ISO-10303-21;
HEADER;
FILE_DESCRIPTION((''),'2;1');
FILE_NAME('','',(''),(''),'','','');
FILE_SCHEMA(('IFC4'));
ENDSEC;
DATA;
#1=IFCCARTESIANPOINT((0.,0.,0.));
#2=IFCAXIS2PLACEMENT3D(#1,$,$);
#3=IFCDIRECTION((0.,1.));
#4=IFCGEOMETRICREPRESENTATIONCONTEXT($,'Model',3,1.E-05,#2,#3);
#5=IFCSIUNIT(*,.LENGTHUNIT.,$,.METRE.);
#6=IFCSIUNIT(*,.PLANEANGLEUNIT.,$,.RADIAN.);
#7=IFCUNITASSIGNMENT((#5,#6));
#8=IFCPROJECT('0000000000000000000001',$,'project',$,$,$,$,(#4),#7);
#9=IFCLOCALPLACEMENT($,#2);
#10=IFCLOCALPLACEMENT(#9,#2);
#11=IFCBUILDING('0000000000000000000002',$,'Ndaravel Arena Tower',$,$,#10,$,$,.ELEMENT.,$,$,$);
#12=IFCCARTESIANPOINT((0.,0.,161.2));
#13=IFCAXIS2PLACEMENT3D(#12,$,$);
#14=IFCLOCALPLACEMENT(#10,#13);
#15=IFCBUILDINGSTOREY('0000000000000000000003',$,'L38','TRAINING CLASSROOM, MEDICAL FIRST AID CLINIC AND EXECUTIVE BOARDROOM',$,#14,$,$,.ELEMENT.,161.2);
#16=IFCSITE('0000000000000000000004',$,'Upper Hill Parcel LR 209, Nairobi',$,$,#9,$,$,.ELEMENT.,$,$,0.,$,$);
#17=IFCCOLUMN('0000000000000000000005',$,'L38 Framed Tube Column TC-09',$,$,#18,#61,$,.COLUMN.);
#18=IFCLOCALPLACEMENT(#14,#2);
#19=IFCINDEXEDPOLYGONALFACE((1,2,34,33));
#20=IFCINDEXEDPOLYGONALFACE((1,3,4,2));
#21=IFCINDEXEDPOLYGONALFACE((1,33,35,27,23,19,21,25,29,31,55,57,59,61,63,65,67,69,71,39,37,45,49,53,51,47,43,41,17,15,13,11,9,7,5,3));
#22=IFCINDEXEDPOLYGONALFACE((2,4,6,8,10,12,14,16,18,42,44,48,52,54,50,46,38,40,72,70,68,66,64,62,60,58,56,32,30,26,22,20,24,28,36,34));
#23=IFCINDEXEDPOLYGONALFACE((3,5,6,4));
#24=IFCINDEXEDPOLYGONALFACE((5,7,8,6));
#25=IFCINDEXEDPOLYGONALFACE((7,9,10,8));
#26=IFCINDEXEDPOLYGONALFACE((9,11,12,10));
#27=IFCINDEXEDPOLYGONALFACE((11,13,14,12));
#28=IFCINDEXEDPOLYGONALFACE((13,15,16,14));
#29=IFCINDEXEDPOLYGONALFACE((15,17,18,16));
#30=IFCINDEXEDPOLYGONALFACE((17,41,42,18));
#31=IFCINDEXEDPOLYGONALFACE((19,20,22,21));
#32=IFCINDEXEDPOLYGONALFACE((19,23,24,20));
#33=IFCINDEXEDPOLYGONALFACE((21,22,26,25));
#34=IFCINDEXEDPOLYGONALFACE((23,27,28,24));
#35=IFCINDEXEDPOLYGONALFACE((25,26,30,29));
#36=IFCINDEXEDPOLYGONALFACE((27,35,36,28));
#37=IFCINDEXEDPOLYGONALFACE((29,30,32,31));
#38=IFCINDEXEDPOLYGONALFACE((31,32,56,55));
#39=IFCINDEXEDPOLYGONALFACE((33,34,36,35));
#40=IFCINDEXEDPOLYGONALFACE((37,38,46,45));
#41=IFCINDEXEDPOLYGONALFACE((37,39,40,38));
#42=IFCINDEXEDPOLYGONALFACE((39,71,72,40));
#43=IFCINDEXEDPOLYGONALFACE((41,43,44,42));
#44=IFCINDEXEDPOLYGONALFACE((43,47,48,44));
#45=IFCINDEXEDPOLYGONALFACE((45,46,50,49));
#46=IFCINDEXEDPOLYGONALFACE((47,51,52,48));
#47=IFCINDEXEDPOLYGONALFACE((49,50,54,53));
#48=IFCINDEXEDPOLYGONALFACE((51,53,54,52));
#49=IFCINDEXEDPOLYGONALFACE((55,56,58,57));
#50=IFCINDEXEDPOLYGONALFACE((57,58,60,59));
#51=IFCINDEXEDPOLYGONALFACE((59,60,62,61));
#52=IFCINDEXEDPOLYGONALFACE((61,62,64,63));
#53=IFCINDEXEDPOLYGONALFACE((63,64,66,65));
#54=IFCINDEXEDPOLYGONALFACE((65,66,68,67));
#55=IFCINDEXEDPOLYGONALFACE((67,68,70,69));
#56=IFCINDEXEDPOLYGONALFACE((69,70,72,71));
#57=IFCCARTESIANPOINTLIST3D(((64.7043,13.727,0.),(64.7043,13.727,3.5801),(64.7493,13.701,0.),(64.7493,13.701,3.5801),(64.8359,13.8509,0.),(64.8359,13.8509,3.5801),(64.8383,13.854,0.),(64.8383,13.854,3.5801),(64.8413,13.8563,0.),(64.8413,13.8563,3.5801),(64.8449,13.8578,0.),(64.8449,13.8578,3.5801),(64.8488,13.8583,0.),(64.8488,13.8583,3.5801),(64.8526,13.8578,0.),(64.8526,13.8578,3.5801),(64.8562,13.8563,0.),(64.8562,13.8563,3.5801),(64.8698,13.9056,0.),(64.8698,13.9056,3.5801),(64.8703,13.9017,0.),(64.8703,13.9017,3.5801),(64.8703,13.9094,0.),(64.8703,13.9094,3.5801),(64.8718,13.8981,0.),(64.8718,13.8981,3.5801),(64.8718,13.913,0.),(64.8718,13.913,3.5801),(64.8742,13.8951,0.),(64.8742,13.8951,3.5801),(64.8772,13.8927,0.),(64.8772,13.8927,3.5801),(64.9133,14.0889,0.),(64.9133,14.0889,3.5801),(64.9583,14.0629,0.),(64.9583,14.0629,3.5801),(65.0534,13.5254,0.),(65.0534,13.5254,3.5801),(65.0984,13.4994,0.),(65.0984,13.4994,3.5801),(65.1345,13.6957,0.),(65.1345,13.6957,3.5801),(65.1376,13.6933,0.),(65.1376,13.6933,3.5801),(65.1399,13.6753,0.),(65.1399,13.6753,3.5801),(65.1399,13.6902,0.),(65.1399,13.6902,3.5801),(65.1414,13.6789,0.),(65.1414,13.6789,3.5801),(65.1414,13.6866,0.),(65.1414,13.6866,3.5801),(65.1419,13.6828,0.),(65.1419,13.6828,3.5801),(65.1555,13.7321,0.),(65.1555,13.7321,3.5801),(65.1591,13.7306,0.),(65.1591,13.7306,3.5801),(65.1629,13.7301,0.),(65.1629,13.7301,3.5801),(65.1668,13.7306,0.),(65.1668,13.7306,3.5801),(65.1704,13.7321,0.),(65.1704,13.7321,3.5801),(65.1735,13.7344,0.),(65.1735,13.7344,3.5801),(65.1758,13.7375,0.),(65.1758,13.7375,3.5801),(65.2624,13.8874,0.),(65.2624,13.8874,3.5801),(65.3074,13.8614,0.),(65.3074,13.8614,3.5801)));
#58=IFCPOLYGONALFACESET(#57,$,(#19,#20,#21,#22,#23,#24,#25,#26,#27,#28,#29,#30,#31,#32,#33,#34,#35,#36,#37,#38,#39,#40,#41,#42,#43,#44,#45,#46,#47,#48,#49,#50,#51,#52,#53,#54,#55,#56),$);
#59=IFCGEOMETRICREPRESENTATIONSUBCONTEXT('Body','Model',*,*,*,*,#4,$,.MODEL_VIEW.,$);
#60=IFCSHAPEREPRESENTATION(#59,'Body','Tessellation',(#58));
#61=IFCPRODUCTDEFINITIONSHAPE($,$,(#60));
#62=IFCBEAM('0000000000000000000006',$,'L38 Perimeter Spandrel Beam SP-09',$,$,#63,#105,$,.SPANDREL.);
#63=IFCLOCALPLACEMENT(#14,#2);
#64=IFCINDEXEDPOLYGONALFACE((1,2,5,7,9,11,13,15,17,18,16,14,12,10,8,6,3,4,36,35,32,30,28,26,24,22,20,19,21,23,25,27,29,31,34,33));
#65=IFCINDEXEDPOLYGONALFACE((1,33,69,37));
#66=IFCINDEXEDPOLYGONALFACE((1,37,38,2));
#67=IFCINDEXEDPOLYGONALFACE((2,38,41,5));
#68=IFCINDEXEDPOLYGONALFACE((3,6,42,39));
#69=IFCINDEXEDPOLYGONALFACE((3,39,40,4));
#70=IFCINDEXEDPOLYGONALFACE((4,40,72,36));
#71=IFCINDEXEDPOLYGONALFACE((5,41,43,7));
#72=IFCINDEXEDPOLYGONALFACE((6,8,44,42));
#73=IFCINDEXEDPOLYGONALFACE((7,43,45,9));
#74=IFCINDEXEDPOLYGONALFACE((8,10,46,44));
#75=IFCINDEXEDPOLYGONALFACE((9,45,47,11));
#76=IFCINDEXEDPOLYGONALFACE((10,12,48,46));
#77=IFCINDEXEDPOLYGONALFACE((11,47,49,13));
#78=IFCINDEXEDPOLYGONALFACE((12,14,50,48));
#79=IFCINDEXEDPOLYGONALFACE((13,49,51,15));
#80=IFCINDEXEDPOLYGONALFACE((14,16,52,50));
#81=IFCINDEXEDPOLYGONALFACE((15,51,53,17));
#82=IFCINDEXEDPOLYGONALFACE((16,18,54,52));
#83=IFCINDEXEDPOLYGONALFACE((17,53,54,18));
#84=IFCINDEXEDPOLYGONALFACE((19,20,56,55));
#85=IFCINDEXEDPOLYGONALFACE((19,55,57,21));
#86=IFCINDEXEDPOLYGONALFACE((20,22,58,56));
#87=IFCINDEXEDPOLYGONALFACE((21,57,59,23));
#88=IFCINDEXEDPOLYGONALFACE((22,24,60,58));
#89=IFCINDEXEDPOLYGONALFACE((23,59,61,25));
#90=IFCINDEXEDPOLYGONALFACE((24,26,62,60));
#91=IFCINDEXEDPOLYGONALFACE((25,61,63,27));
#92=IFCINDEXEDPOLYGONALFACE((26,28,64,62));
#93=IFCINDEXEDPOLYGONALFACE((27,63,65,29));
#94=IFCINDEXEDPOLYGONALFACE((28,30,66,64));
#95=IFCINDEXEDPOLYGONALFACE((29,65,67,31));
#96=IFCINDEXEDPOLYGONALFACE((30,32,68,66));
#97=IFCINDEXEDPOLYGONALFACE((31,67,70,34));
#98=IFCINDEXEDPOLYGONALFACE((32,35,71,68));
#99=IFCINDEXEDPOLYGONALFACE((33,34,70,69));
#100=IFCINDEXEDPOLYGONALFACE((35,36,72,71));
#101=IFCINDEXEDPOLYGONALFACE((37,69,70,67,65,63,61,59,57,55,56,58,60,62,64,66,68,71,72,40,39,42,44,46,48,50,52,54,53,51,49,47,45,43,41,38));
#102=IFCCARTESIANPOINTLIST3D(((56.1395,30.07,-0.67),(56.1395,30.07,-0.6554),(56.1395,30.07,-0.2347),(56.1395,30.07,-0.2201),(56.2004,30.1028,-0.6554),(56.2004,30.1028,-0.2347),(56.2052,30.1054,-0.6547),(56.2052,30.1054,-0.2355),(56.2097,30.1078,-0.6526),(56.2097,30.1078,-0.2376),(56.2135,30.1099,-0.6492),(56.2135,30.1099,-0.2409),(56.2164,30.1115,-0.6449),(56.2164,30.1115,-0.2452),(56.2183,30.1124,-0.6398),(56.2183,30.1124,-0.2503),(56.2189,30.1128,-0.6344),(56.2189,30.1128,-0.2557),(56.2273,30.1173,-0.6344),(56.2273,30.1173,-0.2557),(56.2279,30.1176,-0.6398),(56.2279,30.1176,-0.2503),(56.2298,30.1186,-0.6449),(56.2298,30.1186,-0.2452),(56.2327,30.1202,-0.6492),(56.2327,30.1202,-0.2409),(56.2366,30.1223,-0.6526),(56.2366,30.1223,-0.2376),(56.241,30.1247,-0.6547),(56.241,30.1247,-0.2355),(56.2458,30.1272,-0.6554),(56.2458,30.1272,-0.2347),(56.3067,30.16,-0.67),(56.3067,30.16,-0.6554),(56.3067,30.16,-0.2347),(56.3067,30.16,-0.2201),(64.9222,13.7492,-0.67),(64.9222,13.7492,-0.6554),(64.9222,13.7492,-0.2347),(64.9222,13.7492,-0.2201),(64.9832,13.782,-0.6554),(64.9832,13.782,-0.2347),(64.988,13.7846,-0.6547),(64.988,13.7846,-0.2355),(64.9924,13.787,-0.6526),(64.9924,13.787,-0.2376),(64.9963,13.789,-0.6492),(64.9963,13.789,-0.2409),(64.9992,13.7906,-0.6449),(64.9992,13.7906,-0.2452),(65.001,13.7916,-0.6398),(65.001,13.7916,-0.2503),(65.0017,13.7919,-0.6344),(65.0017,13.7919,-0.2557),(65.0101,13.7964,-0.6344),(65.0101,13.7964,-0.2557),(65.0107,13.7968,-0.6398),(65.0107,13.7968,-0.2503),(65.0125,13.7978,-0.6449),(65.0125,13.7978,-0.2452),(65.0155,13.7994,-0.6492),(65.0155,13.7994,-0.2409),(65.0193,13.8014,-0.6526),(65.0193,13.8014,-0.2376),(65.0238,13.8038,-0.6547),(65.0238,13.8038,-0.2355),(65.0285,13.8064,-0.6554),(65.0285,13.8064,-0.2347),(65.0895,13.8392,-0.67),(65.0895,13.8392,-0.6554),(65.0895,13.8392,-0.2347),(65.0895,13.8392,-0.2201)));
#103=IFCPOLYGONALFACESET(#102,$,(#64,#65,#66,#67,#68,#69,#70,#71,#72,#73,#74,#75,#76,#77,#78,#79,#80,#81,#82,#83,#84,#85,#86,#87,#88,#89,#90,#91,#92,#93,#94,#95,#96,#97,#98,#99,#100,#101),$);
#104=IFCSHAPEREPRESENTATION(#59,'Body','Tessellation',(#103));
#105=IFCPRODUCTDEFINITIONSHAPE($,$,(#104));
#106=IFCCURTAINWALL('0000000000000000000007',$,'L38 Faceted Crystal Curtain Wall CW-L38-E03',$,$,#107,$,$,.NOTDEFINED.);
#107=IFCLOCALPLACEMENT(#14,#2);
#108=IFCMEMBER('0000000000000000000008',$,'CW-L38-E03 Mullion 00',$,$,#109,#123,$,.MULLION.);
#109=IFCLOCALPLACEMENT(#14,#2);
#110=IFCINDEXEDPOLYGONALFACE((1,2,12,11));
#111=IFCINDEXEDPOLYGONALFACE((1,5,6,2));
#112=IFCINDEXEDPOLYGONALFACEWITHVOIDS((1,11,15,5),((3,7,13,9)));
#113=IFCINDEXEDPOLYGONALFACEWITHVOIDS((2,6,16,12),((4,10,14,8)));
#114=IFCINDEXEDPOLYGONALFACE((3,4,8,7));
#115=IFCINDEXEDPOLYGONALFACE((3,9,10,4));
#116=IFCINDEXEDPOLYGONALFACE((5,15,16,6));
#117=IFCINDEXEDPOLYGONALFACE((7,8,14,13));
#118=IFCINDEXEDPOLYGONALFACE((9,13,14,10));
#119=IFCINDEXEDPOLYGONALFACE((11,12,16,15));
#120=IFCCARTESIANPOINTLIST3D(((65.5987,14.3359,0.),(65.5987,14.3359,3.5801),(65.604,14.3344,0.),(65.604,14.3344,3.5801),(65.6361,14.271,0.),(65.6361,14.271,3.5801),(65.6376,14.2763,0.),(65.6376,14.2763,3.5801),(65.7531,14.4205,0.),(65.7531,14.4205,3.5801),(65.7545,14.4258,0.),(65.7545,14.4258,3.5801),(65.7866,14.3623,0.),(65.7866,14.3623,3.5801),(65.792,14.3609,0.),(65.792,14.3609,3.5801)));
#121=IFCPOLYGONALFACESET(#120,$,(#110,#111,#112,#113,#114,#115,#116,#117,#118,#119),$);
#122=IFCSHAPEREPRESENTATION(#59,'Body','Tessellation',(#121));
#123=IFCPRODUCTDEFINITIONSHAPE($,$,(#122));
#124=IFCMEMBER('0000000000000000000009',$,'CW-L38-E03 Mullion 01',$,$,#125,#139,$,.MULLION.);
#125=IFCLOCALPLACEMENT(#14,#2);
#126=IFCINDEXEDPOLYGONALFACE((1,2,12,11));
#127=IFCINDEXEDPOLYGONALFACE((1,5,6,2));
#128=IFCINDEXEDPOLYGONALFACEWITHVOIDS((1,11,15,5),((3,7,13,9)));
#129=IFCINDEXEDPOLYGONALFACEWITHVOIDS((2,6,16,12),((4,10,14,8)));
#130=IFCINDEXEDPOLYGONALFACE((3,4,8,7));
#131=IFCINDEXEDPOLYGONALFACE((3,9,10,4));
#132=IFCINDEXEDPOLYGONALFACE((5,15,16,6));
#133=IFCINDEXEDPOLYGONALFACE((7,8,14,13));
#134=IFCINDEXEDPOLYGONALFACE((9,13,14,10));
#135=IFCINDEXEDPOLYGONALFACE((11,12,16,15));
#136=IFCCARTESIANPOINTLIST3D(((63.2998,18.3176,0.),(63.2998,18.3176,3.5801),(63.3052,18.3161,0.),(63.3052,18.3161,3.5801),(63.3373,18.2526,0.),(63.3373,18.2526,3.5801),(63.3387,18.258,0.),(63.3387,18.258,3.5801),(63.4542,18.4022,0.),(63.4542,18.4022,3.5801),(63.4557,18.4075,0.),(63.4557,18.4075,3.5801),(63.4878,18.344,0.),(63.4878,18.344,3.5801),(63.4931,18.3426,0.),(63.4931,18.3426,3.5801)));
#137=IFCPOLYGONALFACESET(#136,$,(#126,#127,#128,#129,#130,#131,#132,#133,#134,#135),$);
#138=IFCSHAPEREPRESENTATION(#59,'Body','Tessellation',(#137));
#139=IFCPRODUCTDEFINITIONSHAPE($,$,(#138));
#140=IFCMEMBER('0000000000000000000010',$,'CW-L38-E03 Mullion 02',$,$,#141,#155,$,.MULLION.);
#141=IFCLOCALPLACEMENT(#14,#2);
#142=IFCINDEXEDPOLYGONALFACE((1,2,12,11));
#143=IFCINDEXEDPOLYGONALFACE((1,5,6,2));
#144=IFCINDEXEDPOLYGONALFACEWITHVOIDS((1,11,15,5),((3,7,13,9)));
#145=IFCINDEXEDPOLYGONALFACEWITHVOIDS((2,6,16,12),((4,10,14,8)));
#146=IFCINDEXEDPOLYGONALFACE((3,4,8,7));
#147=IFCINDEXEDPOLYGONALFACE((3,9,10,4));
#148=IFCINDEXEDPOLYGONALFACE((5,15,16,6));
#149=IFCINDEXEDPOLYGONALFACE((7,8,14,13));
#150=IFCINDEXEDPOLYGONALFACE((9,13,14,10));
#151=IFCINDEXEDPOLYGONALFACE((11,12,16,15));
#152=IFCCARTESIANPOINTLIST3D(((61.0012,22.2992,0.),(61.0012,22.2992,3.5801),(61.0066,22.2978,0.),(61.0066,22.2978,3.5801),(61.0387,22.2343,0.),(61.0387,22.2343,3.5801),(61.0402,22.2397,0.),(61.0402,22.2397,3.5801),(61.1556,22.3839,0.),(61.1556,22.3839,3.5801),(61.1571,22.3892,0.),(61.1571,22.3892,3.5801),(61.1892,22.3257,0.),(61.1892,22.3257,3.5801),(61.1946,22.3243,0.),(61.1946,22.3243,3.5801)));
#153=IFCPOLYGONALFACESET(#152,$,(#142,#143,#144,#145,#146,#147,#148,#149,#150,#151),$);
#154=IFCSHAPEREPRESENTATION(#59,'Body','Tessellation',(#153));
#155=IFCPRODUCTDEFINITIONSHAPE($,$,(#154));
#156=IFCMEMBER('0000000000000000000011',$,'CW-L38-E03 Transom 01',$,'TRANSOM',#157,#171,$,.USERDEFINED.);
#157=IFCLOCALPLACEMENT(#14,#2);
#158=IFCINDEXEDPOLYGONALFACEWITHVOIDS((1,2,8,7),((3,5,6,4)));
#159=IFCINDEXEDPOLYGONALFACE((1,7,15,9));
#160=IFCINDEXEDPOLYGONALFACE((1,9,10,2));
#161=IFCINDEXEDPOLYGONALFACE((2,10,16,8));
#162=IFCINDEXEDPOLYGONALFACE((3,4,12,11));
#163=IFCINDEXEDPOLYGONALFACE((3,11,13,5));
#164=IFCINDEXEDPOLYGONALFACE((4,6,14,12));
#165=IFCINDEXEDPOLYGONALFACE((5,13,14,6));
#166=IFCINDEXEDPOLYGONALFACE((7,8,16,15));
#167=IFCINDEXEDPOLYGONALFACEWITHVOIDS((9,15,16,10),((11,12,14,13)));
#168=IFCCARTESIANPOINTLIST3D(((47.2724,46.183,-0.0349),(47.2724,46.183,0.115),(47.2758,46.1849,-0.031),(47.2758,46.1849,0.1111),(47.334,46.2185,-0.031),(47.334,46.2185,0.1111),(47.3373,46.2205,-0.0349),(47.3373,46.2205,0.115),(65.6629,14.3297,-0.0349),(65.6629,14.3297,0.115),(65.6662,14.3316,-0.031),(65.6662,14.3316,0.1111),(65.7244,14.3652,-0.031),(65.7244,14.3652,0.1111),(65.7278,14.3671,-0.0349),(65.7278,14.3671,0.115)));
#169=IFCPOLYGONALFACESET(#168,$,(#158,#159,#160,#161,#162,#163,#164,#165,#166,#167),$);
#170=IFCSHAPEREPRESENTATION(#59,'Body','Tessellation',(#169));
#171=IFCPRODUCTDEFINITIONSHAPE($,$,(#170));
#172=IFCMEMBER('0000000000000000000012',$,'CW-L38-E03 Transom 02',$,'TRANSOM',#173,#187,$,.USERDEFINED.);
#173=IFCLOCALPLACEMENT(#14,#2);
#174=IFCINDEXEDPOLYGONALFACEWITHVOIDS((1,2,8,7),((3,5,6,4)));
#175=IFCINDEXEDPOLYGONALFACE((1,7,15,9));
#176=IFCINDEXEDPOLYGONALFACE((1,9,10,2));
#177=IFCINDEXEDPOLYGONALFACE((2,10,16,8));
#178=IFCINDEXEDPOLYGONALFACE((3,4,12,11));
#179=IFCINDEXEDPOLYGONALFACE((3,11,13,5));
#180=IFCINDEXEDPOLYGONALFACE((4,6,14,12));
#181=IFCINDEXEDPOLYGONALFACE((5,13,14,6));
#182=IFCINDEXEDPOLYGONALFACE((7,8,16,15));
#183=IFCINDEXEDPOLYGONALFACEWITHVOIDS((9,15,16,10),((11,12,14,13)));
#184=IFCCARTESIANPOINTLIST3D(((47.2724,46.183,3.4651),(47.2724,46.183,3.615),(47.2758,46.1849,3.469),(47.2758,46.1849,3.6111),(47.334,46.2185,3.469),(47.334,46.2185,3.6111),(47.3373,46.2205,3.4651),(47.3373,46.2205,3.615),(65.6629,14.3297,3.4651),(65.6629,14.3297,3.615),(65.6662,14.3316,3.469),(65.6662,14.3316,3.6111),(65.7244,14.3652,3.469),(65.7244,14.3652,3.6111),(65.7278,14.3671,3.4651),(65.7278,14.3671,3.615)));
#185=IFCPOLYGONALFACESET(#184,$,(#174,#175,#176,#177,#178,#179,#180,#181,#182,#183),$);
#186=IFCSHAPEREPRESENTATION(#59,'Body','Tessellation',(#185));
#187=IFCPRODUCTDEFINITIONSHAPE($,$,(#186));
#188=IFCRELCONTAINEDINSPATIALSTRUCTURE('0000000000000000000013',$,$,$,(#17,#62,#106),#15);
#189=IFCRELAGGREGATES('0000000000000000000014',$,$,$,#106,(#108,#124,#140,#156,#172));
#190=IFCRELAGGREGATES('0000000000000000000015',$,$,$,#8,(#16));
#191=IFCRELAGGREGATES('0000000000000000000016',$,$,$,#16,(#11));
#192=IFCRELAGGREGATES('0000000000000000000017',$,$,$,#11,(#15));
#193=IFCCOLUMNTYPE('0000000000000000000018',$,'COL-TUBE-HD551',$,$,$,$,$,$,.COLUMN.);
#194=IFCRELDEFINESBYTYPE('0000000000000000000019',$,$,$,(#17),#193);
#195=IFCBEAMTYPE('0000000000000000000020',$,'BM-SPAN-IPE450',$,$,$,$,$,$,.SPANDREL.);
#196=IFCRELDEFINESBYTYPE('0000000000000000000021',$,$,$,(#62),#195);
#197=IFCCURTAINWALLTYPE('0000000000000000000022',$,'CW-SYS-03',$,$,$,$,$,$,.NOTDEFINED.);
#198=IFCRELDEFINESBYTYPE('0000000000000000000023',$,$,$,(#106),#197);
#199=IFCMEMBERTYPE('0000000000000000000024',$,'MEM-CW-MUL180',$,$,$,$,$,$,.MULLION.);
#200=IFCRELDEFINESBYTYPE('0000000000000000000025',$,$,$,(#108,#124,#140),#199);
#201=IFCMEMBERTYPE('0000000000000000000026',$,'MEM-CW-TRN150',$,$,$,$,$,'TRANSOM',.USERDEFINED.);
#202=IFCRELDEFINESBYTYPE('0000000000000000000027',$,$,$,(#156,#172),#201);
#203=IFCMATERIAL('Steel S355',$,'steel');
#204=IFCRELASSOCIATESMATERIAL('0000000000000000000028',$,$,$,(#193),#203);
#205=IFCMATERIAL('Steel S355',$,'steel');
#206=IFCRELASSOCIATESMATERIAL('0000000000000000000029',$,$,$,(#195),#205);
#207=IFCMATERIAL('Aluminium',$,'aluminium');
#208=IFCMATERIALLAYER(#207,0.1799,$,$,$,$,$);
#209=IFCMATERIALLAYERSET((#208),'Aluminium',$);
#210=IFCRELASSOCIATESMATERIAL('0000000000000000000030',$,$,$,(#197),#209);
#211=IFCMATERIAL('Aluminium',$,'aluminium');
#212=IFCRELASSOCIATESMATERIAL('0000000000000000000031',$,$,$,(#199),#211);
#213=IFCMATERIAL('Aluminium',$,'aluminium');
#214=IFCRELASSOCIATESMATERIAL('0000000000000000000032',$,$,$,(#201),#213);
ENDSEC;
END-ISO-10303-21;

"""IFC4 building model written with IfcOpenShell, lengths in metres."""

from ifc_helpers import new_model, si_unit, direction, frame, origin, origin_2d, place, context, subcontext, project, spatial, hollow_rectangle, i_section, extrude, material, layer, layer_set, material_profile, profile_set, type_object, element, aggregate, save


model = new_model("IFC4")

# Units and contexts
model_context = context("Model", 3, precision=1e-05, world=origin(), true_north=direction((0.0, 1.0)))
body_context = subcontext(model_context, "Body", "Model", "MODEL_VIEW")
ifc_project = project(units=[si_unit("LENGTHUNIT", "METRE"), si_unit("PLANEANGLEUNIT", "RADIAN")], contexts=[model_context])

# Site, building, storey
site_placement = place(None, origin())
site = spatial("IfcSite", under=ifc_project, at=site_placement, Name="Upper Hill Parcel LR 209, Nairobi", CompositionType="ELEMENT", RefElevation=0.0)
building_placement = place(site_placement, origin())
building = spatial("IfcBuilding", under=site, at=building_placement, Name="Ndaravel Arena Tower", CompositionType="ELEMENT")
storey_placement = place(building_placement, frame((0.0, 0.0, 161.2)))
storey = spatial("IfcBuildingStorey", under=building, at=storey_placement, Name="L38", Description="TRAINING CLASSROOM, MEDICAL FIRST AID CLINIC AND EXECUTIVE BOARDROOM", CompositionType="ELEMENT", Elevation=161.2)

# Column
ifc_material_1 = material(Name="Steel S355", Category="steel")
ifc_material_profile_1 = material_profile(ifc_material_1, i_section(OverallWidth=0.418, OverallDepth=0.4551, WebThickness=0.042, FlangeThickness=0.052, FilletRadius=0.0149, at=origin_2d()), Name="HD 400x551")
ifc_profile_set_1 = profile_set([ifc_material_profile_1], Name="Steel S355")
column_type = type_object("IfcColumnType", Name="COL-TUBE-HD551", PredefinedType="COLUMN", material=ifc_profile_set_1)
column_placement = place(storey_placement, frame((65.0059, 13.7942, 0.0), z_axis=(0.0, 0.0, 1.0), x_axis=(0.5, 0.866025, 0.0)))
element("IfcColumn", 1, at=column_placement, inside=storey, type_object=column_type, Name="L38 Framed Tube Column TC-09", PredefinedType="COLUMN", context=body_context, shape_type="SweptSolid", body=[
    extrude(i_section(OverallWidth=0.418, OverallDepth=0.4551, WebThickness=0.042, FlangeThickness=0.052, FilletRadius=0.0149, at=origin_2d()), origin(), (0.0, 0.0, 1.0), 3.5801),
])

# Beam
ifc_material_2 = material(Name="Steel S355", Category="steel")
ifc_material_profile_2 = material_profile(ifc_material_2, i_section(OverallWidth=0.1899, OverallDepth=0.45, WebThickness=0.0095, FlangeThickness=0.0146, FilletRadius=0.021, at=origin_2d()), Name="IPE 450")
ifc_profile_set_2 = profile_set([ifc_material_profile_2], Name="Steel S355")
beam_type = type_object("IfcBeamType", Name="BM-SPAN-IPE450", PredefinedType="SPANDREL", material=ifc_profile_set_2)
beam_placement = place(storey_placement, frame((65.0059, 13.7942, -0.4451), z_axis=(-0.473874, 0.880593, 0.0), x_axis=(-0.880593, -0.473874, 0.0)))
element("IfcBeam", 2, at=beam_placement, inside=storey, type_object=beam_type, Name="L38 Perimeter Spandrel Beam SP-09", PredefinedType="SPANDREL", context=body_context, shape_type="SweptSolid", body=[
    extrude(i_section(OverallWidth=0.1899, OverallDepth=0.45, WebThickness=0.0095, FlangeThickness=0.0146, FilletRadius=0.021, at=origin_2d()), origin(), (0.0, 0.0, 1.0), 18.5339),
])

# Curtain wall, members
ifc_material_3 = material(Name="Aluminium", Category="aluminium")
ifc_layer_1 = layer(ifc_material_3, 0.1799)
ifc_layer_set_1 = layer_set([ifc_layer_1], Name="Aluminium")
curtain_wall_type = type_object("IfcCurtainWallType", Name="CW-SYS-03", PredefinedType="NOTDEFINED", material=ifc_layer_set_1)
curtain_wall_placement = place(storey_placement, origin())
curtain_wall = element("IfcCurtainWall", 3, at=curtain_wall_placement, inside=storey, type_object=curtain_wall_type, Name="L38 Faceted Crystal Curtain Wall CW-L38-E03", PredefinedType="NOTDEFINED")
ifc_material_4 = material(Name="Aluminium", Category="aluminium")
ifc_material_profile_3 = material_profile(ifc_material_4, hollow_rectangle(XDim=0.075, YDim=0.1799, WallThickness=0.0039, at=origin_2d()), Name="CW MULLION 75x180x4")
ifc_profile_set_3 = profile_set([ifc_material_profile_3], Name="Aluminium")
member_type_1 = type_object("IfcMemberType", Name="MEM-CW-MUL180", PredefinedType="MULLION", material=ifc_profile_set_3)
member_1_placement = place(storey_placement, frame((65.6953, 14.3484, 0.0), z_axis=(0.0, 0.0, 1.0), x_axis=(-0.5, 0.866025, 0.0)))
member_1 = element("IfcMember", 4, at=member_1_placement, type_object=member_type_1, Name="CW-L38-E03 Mullion 00", PredefinedType="MULLION", context=body_context, shape_type="SweptSolid", body=[
    extrude(hollow_rectangle(XDim=0.075, YDim=0.1799, WallThickness=0.0039, at=origin_2d()), origin(), (0.0, 0.0, 1.0), 3.5801),
])
member_2_placement = place(storey_placement, frame((63.3965, 18.3301, 0.0), z_axis=(0.0, 0.0, 1.0), x_axis=(-0.5, 0.866025, 0.0)))
member_2 = element("IfcMember", 5, at=member_2_placement, type_object=member_type_1, Name="CW-L38-E03 Mullion 01", PredefinedType="MULLION", context=body_context, shape_type="SweptSolid", body=[
    extrude(hollow_rectangle(XDim=0.075, YDim=0.1799, WallThickness=0.0039, at=origin_2d()), origin(), (0.0, 0.0, 1.0), 3.5801),
])
member_3_placement = place(storey_placement, frame((61.0979, 22.3118, 0.0), z_axis=(0.0, 0.0, 1.0), x_axis=(-0.5, 0.866025, 0.0)))
member_3 = element("IfcMember", 6, at=member_3_placement, type_object=member_type_1, Name="CW-L38-E03 Mullion 02", PredefinedType="MULLION", context=body_context, shape_type="SweptSolid", body=[
    extrude(hollow_rectangle(XDim=0.075, YDim=0.1799, WallThickness=0.0039, at=origin_2d()), origin(), (0.0, 0.0, 1.0), 3.5801),
])
ifc_material_5 = material(Name="Aluminium", Category="aluminium")
ifc_material_profile_4 = material_profile(ifc_material_5, hollow_rectangle(XDim=0.075, YDim=0.1499, WallThickness=0.0039, at=origin_2d()), Name="CW TRANSOM 75x150x4")
ifc_profile_set_4 = profile_set([ifc_material_profile_4], Name="Aluminium")
member_type_2 = type_object("IfcMemberType", Name="MEM-CW-TRN150", ElementType="TRANSOM", PredefinedType="USERDEFINED", material=ifc_profile_set_4)
member_4_placement = place(storey_placement, frame((65.6953, 14.3484, 0.04), z_axis=(-0.499998, 0.866027, 0.0), x_axis=(-0.866027, -0.499998, 0.0)))
member_4 = element("IfcMember", 7, at=member_4_placement, type_object=member_type_2, Name="CW-L38-E03 Transom 01", ObjectType="TRANSOM", PredefinedType="USERDEFINED", context=body_context, shape_type="SweptSolid", body=[
    extrude(hollow_rectangle(XDim=0.075, YDim=0.1499, WallThickness=0.0039, at=origin_2d()), origin(), (0.0, 0.0, 1.0), 36.781),
])
member_5_placement = place(storey_placement, frame((65.6953, 14.3484, 3.54), z_axis=(-0.499998, 0.866027, 0.0), x_axis=(-0.866027, -0.499998, 0.0)))
member_5 = element("IfcMember", 8, at=member_5_placement, type_object=member_type_2, Name="CW-L38-E03 Transom 02", ObjectType="TRANSOM", PredefinedType="USERDEFINED", context=body_context, shape_type="SweptSolid", body=[
    extrude(hollow_rectangle(XDim=0.075, YDim=0.1499, WallThickness=0.0039, at=origin_2d()), origin(), (0.0, 0.0, 1.0), 36.781),
])
aggregate(curtain_wall, [member_1, member_2, member_3, member_4, member_5])

save(model, "model.ifc")
